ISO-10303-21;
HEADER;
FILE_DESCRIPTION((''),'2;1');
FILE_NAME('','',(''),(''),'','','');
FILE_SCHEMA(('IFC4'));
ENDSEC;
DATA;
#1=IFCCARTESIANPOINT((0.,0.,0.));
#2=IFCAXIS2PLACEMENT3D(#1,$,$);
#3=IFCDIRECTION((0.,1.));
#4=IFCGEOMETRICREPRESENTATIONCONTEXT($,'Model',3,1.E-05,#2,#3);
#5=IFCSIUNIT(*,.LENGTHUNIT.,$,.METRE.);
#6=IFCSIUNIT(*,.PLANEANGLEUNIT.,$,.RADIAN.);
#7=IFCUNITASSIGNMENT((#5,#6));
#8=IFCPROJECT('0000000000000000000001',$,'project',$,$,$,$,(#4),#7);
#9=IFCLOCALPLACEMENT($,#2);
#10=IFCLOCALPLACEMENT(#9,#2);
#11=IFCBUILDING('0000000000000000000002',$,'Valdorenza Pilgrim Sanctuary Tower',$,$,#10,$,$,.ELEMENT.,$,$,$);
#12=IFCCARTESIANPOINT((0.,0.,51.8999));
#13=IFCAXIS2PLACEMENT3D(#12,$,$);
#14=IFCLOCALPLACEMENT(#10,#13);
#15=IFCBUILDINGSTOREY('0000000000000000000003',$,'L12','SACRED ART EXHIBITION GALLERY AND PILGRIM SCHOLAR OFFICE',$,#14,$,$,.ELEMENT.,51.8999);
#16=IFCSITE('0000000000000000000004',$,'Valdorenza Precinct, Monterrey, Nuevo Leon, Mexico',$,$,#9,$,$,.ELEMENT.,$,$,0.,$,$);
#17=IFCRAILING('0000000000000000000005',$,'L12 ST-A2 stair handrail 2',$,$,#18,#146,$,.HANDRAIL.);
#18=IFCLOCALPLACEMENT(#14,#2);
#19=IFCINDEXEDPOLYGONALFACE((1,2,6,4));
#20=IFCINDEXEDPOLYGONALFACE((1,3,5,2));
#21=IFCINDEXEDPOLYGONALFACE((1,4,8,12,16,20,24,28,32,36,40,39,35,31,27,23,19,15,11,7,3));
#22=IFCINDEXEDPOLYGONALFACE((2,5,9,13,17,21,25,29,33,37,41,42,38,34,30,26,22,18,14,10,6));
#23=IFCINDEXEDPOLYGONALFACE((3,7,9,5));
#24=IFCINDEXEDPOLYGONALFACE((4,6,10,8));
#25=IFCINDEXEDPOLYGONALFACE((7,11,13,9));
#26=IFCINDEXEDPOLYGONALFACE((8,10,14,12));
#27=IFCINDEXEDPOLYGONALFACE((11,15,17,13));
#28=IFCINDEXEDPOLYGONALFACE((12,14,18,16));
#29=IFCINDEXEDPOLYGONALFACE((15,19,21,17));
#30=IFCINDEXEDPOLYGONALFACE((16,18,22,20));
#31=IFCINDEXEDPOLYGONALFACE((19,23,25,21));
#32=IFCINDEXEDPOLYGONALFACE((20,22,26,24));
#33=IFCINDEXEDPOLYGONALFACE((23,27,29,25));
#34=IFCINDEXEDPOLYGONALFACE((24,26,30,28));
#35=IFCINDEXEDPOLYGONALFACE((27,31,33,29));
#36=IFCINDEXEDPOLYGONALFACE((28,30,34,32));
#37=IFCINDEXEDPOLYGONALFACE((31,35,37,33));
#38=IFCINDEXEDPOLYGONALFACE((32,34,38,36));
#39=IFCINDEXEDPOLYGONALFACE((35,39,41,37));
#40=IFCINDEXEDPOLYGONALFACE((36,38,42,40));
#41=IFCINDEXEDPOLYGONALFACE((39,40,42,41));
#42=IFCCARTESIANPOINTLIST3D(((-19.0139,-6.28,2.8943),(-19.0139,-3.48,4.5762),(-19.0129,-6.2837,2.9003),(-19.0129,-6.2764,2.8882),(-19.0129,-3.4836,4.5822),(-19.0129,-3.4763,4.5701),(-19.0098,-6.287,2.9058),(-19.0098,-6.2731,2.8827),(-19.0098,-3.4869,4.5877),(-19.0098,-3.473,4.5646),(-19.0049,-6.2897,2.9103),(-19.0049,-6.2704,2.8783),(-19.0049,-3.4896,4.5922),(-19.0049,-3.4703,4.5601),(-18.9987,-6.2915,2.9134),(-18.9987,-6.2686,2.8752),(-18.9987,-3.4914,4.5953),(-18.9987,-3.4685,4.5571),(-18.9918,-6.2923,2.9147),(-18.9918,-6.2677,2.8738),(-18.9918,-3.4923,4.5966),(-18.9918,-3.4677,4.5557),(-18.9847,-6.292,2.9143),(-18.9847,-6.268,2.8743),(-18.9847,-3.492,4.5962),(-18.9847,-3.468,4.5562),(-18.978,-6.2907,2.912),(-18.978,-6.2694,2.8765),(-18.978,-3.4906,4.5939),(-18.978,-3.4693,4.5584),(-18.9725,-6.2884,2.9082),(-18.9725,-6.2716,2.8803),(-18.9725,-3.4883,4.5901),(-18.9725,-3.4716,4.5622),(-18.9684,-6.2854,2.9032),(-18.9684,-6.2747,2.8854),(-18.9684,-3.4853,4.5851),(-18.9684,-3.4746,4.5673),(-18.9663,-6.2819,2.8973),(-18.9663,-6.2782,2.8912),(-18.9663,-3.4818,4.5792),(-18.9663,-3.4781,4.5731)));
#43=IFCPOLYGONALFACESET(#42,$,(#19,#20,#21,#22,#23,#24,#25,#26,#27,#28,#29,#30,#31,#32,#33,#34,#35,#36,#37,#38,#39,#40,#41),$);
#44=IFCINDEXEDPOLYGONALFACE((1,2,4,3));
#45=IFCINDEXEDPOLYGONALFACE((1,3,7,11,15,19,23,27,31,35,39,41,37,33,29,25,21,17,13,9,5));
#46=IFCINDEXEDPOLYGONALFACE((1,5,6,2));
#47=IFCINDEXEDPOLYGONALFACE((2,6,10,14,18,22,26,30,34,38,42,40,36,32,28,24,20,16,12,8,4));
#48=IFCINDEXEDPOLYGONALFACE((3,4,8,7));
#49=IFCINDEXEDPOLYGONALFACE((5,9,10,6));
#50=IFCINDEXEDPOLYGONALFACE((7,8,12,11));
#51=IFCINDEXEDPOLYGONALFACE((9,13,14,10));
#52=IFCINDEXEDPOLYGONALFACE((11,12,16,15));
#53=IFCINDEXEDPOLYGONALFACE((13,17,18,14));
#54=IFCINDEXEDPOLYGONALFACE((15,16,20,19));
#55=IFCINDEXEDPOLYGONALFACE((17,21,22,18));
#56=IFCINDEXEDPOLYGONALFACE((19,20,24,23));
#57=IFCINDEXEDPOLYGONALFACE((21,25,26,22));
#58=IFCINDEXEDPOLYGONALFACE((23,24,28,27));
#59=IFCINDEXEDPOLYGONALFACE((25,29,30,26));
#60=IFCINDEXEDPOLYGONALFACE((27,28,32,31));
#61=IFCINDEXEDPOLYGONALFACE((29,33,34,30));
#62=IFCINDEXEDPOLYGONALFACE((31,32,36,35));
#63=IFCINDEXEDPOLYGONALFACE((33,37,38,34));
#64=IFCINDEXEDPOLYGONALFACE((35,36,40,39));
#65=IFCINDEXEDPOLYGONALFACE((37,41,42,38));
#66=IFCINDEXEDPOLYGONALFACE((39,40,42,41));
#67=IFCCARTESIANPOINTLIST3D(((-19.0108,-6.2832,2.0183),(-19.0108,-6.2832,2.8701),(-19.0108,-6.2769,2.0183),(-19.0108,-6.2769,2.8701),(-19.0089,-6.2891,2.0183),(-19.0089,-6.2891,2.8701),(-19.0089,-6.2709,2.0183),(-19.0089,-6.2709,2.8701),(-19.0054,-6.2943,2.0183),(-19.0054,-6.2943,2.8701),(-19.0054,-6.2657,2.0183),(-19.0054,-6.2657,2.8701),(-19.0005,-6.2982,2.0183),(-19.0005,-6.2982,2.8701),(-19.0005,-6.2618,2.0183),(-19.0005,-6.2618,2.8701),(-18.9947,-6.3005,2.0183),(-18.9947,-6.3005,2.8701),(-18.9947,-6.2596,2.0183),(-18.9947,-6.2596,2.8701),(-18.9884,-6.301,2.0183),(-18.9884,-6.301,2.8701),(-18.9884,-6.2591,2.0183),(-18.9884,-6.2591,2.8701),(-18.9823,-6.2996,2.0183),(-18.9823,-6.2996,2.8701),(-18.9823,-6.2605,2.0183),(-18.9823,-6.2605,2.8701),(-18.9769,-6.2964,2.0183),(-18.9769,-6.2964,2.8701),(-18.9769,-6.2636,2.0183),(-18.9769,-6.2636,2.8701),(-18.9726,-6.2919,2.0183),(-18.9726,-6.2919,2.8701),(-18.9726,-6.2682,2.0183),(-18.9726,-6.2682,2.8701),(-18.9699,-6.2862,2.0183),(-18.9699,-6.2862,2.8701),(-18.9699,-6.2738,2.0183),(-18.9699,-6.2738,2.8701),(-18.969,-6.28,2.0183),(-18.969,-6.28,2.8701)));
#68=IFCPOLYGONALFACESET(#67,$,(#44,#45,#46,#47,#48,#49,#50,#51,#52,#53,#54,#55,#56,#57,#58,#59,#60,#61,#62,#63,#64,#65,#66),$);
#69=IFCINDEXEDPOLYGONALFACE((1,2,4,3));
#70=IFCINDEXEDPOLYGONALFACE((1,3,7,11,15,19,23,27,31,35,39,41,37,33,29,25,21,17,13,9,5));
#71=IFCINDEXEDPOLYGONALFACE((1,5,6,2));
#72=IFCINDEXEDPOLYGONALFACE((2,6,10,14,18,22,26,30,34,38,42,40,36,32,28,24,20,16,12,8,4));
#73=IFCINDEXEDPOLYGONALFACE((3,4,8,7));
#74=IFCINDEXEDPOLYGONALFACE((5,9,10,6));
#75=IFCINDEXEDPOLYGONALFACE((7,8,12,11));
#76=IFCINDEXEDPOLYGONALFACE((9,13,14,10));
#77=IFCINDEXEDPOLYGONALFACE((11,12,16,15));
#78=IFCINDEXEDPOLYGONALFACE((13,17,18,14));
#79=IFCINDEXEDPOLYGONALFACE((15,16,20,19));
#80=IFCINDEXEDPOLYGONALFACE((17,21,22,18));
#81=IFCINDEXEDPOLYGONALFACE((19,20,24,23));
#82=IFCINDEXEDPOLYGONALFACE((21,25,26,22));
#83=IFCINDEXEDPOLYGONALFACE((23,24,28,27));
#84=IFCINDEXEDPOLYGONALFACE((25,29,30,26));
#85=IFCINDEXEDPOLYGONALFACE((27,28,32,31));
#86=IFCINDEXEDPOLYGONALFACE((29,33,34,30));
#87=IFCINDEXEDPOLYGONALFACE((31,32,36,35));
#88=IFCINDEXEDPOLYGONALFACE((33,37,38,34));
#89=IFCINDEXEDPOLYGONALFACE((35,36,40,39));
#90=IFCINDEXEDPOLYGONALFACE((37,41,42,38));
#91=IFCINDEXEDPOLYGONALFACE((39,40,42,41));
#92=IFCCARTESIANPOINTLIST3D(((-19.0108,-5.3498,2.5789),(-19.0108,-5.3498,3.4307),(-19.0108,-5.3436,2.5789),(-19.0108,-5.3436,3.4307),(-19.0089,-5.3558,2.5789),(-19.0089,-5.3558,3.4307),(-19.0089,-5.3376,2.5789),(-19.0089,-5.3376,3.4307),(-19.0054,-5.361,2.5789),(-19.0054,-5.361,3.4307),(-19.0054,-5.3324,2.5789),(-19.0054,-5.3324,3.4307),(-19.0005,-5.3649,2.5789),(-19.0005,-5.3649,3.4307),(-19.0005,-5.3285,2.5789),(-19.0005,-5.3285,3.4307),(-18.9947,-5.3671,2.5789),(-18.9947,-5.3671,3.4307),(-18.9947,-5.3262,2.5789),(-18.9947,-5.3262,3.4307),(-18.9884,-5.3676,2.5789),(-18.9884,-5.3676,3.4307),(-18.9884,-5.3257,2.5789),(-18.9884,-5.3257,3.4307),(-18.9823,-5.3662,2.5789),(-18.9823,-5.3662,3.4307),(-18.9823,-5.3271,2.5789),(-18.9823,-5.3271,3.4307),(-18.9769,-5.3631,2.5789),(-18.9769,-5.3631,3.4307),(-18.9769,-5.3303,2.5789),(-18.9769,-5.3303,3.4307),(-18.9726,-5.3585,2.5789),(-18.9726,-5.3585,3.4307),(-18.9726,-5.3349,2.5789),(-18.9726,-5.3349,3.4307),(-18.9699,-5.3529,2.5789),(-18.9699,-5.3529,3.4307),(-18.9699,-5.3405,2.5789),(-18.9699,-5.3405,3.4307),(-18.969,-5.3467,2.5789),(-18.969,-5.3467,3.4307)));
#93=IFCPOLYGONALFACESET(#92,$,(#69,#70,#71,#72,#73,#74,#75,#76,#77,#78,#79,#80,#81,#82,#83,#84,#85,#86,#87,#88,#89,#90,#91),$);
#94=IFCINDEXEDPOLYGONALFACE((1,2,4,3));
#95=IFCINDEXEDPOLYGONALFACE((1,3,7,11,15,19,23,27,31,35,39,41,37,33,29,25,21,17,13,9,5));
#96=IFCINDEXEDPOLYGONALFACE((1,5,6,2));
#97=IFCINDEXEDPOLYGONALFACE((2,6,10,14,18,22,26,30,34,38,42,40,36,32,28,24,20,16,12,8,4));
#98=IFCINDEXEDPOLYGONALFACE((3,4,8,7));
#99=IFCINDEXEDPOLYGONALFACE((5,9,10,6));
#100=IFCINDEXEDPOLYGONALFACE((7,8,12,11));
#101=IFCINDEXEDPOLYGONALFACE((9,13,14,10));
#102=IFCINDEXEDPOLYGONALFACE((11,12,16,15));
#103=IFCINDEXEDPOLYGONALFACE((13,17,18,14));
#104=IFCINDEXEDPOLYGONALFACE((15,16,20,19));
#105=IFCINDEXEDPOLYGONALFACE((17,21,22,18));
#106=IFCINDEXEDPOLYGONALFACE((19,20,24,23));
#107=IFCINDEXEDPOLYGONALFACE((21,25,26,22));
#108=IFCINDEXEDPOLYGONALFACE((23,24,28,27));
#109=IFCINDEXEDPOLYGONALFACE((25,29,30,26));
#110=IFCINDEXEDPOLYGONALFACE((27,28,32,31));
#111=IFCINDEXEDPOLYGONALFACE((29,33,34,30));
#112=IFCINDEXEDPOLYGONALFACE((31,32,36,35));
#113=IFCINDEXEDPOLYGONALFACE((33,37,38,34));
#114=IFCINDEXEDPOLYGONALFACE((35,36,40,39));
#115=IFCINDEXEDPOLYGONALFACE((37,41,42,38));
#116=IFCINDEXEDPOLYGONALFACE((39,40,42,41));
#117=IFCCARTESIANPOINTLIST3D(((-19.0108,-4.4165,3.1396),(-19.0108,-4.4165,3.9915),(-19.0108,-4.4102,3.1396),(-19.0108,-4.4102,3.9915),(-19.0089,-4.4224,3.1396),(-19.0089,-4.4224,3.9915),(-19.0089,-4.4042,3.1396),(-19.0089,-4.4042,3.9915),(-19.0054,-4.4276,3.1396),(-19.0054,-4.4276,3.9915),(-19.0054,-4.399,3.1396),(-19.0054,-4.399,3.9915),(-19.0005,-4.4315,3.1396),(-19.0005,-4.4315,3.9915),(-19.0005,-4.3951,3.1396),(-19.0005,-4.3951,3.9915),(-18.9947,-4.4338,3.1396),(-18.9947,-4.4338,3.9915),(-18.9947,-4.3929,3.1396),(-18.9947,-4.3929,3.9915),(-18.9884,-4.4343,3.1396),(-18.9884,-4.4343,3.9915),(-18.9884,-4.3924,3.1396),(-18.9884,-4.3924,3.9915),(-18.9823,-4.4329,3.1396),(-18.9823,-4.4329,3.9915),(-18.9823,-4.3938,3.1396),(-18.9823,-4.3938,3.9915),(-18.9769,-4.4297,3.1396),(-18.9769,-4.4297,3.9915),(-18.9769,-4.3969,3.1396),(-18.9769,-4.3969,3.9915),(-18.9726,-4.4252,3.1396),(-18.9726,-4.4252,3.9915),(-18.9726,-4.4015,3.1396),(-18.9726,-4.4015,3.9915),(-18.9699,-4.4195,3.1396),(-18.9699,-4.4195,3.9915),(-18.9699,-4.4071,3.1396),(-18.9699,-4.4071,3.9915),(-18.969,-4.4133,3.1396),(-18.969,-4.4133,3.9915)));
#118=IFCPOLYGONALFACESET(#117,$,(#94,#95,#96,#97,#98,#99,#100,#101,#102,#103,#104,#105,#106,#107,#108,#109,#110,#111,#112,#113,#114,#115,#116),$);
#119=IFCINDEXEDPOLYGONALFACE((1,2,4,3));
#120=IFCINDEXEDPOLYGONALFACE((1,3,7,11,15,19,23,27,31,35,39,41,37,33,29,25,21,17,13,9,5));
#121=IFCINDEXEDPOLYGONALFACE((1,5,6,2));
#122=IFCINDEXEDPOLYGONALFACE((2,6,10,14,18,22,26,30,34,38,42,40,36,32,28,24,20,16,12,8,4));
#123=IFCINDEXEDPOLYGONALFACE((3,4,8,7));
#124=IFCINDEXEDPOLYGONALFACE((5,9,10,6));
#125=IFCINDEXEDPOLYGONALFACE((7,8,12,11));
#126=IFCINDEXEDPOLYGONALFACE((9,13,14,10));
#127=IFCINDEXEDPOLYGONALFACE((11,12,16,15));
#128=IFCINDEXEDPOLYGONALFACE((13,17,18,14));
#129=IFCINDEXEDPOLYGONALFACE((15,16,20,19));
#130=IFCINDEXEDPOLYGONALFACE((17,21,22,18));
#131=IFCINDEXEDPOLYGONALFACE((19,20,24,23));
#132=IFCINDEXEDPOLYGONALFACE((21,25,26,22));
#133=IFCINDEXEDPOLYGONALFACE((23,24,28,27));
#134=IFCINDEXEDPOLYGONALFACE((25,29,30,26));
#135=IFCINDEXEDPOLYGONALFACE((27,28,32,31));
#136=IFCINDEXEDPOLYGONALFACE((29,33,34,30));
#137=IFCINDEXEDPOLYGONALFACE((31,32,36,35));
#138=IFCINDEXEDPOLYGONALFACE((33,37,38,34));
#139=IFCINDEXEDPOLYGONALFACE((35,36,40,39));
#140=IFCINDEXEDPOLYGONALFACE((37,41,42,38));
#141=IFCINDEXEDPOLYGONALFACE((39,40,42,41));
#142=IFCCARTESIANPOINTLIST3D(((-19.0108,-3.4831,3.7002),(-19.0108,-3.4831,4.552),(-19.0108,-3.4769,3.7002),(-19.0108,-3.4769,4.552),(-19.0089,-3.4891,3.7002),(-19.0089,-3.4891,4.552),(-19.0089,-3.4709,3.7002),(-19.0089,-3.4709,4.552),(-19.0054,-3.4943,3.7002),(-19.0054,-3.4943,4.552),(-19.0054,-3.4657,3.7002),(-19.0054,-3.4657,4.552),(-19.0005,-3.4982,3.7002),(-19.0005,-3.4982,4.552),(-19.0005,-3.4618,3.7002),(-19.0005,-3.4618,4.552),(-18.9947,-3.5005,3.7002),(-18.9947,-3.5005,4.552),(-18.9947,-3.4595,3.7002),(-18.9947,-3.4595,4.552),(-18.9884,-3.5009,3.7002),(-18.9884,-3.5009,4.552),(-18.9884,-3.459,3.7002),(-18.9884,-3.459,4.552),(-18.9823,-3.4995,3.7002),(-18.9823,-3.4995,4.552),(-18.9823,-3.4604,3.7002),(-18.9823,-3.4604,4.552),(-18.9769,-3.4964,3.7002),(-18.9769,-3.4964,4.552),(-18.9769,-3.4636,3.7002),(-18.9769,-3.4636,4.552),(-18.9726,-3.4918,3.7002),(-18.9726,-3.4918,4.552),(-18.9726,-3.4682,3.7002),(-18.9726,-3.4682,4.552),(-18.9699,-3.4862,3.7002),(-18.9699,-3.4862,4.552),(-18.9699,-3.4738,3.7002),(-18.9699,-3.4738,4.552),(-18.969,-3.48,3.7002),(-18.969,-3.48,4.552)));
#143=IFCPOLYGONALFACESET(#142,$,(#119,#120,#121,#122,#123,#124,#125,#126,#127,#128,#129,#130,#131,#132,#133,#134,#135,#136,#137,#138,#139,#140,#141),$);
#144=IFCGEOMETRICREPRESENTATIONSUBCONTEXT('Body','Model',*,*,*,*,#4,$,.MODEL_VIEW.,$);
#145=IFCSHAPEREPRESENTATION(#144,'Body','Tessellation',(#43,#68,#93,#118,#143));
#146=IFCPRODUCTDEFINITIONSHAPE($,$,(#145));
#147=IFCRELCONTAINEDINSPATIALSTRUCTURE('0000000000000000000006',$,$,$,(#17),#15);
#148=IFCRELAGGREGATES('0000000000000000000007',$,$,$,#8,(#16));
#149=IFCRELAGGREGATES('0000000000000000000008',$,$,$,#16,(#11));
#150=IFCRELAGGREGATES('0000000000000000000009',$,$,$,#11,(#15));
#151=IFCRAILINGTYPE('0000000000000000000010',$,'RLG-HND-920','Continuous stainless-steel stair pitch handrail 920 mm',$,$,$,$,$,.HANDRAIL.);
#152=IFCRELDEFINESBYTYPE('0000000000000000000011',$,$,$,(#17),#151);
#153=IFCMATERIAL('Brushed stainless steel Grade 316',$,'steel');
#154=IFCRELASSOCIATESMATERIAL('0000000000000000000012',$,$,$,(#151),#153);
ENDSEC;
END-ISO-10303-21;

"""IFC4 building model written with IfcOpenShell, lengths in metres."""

from ifc_helpers import new_model, si_unit, direction, frame, origin, origin_2d, place, context, subcontext, project, spatial, circle, extrude, material, type_object, element, save


model = new_model("IFC4")

# Units and contexts
model_context = context("Model", 3, precision=1e-05, world=origin(), true_north=direction((0.0, 1.0)))
body_context = subcontext(model_context, "Body", "Model", "MODEL_VIEW")
ifc_project = project(units=[si_unit("LENGTHUNIT", "METRE"), si_unit("PLANEANGLEUNIT", "RADIAN")], contexts=[model_context])

# Site, building, storey
site_placement = place(None, origin())
site = spatial("IfcSite", under=ifc_project, at=site_placement, Name="Valdorenza Precinct, Monterrey, Nuevo Leon, Mexico", CompositionType="ELEMENT", RefElevation=0.0)
building_placement = place(site_placement, origin())
building = spatial("IfcBuilding", under=site, at=building_placement, Name="Valdorenza Pilgrim Sanctuary Tower", CompositionType="ELEMENT")
storey_placement = place(building_placement, frame((0.0, 0.0, 51.8999)))
storey = spatial("IfcBuildingStorey", under=building, at=storey_placement, Name="L12", Description="SACRED ART EXHIBITION GALLERY AND PILGRIM SCHOLAR OFFICE", CompositionType="ELEMENT", Elevation=51.8999)

# Shared definitions
ifc_material_1 = material(Name="Brushed stainless steel Grade 316", Category="steel")

# Railing
railing_type_1 = type_object("IfcRailingType", Name="RLG-HND-920", Description="Continuous stainless-steel stair pitch handrail 920 mm", PredefinedType="HANDRAIL", material=ifc_material_1)
railing_1_placement = place(storey_placement, frame((-18.99, -6.28, 2.0183)))
element("IfcRailing", 1, at=railing_1_placement, inside=storey, type_object=railing_type_1, Name="L12 ST-A2 stair handrail 2", PredefinedType="HANDRAIL", context=body_context, shape_type="SweptSolid", body=[
    extrude(circle(Radius=0.0239, at=origin_2d()), frame((0.0, 0.0, 0.876), z_axis=(0.0, 0.857242, 0.514913), x_axis=(-1.0, 0.0, 0.0)), (0.0, 0.0, 1.0), 3.2664),
    extrude(circle(Radius=0.021, at=origin_2d()), origin(), (0.0, 0.0, 1.0), 0.8518),
    extrude(circle(Radius=0.021, at=origin_2d()), frame((0.0, 0.9333, 0.5605)), (0.0, 0.0, 1.0), 0.8518),
    extrude(circle(Radius=0.021, at=origin_2d()), frame((0.0, 1.8667, 1.1213)), (0.0, 0.0, 1.0), 0.8518),
    extrude(circle(Radius=0.021, at=origin_2d()), frame((0.0, 2.8, 1.6819)), (0.0, 0.0, 1.0), 0.8518),
])

save(model, "model.ifc")
